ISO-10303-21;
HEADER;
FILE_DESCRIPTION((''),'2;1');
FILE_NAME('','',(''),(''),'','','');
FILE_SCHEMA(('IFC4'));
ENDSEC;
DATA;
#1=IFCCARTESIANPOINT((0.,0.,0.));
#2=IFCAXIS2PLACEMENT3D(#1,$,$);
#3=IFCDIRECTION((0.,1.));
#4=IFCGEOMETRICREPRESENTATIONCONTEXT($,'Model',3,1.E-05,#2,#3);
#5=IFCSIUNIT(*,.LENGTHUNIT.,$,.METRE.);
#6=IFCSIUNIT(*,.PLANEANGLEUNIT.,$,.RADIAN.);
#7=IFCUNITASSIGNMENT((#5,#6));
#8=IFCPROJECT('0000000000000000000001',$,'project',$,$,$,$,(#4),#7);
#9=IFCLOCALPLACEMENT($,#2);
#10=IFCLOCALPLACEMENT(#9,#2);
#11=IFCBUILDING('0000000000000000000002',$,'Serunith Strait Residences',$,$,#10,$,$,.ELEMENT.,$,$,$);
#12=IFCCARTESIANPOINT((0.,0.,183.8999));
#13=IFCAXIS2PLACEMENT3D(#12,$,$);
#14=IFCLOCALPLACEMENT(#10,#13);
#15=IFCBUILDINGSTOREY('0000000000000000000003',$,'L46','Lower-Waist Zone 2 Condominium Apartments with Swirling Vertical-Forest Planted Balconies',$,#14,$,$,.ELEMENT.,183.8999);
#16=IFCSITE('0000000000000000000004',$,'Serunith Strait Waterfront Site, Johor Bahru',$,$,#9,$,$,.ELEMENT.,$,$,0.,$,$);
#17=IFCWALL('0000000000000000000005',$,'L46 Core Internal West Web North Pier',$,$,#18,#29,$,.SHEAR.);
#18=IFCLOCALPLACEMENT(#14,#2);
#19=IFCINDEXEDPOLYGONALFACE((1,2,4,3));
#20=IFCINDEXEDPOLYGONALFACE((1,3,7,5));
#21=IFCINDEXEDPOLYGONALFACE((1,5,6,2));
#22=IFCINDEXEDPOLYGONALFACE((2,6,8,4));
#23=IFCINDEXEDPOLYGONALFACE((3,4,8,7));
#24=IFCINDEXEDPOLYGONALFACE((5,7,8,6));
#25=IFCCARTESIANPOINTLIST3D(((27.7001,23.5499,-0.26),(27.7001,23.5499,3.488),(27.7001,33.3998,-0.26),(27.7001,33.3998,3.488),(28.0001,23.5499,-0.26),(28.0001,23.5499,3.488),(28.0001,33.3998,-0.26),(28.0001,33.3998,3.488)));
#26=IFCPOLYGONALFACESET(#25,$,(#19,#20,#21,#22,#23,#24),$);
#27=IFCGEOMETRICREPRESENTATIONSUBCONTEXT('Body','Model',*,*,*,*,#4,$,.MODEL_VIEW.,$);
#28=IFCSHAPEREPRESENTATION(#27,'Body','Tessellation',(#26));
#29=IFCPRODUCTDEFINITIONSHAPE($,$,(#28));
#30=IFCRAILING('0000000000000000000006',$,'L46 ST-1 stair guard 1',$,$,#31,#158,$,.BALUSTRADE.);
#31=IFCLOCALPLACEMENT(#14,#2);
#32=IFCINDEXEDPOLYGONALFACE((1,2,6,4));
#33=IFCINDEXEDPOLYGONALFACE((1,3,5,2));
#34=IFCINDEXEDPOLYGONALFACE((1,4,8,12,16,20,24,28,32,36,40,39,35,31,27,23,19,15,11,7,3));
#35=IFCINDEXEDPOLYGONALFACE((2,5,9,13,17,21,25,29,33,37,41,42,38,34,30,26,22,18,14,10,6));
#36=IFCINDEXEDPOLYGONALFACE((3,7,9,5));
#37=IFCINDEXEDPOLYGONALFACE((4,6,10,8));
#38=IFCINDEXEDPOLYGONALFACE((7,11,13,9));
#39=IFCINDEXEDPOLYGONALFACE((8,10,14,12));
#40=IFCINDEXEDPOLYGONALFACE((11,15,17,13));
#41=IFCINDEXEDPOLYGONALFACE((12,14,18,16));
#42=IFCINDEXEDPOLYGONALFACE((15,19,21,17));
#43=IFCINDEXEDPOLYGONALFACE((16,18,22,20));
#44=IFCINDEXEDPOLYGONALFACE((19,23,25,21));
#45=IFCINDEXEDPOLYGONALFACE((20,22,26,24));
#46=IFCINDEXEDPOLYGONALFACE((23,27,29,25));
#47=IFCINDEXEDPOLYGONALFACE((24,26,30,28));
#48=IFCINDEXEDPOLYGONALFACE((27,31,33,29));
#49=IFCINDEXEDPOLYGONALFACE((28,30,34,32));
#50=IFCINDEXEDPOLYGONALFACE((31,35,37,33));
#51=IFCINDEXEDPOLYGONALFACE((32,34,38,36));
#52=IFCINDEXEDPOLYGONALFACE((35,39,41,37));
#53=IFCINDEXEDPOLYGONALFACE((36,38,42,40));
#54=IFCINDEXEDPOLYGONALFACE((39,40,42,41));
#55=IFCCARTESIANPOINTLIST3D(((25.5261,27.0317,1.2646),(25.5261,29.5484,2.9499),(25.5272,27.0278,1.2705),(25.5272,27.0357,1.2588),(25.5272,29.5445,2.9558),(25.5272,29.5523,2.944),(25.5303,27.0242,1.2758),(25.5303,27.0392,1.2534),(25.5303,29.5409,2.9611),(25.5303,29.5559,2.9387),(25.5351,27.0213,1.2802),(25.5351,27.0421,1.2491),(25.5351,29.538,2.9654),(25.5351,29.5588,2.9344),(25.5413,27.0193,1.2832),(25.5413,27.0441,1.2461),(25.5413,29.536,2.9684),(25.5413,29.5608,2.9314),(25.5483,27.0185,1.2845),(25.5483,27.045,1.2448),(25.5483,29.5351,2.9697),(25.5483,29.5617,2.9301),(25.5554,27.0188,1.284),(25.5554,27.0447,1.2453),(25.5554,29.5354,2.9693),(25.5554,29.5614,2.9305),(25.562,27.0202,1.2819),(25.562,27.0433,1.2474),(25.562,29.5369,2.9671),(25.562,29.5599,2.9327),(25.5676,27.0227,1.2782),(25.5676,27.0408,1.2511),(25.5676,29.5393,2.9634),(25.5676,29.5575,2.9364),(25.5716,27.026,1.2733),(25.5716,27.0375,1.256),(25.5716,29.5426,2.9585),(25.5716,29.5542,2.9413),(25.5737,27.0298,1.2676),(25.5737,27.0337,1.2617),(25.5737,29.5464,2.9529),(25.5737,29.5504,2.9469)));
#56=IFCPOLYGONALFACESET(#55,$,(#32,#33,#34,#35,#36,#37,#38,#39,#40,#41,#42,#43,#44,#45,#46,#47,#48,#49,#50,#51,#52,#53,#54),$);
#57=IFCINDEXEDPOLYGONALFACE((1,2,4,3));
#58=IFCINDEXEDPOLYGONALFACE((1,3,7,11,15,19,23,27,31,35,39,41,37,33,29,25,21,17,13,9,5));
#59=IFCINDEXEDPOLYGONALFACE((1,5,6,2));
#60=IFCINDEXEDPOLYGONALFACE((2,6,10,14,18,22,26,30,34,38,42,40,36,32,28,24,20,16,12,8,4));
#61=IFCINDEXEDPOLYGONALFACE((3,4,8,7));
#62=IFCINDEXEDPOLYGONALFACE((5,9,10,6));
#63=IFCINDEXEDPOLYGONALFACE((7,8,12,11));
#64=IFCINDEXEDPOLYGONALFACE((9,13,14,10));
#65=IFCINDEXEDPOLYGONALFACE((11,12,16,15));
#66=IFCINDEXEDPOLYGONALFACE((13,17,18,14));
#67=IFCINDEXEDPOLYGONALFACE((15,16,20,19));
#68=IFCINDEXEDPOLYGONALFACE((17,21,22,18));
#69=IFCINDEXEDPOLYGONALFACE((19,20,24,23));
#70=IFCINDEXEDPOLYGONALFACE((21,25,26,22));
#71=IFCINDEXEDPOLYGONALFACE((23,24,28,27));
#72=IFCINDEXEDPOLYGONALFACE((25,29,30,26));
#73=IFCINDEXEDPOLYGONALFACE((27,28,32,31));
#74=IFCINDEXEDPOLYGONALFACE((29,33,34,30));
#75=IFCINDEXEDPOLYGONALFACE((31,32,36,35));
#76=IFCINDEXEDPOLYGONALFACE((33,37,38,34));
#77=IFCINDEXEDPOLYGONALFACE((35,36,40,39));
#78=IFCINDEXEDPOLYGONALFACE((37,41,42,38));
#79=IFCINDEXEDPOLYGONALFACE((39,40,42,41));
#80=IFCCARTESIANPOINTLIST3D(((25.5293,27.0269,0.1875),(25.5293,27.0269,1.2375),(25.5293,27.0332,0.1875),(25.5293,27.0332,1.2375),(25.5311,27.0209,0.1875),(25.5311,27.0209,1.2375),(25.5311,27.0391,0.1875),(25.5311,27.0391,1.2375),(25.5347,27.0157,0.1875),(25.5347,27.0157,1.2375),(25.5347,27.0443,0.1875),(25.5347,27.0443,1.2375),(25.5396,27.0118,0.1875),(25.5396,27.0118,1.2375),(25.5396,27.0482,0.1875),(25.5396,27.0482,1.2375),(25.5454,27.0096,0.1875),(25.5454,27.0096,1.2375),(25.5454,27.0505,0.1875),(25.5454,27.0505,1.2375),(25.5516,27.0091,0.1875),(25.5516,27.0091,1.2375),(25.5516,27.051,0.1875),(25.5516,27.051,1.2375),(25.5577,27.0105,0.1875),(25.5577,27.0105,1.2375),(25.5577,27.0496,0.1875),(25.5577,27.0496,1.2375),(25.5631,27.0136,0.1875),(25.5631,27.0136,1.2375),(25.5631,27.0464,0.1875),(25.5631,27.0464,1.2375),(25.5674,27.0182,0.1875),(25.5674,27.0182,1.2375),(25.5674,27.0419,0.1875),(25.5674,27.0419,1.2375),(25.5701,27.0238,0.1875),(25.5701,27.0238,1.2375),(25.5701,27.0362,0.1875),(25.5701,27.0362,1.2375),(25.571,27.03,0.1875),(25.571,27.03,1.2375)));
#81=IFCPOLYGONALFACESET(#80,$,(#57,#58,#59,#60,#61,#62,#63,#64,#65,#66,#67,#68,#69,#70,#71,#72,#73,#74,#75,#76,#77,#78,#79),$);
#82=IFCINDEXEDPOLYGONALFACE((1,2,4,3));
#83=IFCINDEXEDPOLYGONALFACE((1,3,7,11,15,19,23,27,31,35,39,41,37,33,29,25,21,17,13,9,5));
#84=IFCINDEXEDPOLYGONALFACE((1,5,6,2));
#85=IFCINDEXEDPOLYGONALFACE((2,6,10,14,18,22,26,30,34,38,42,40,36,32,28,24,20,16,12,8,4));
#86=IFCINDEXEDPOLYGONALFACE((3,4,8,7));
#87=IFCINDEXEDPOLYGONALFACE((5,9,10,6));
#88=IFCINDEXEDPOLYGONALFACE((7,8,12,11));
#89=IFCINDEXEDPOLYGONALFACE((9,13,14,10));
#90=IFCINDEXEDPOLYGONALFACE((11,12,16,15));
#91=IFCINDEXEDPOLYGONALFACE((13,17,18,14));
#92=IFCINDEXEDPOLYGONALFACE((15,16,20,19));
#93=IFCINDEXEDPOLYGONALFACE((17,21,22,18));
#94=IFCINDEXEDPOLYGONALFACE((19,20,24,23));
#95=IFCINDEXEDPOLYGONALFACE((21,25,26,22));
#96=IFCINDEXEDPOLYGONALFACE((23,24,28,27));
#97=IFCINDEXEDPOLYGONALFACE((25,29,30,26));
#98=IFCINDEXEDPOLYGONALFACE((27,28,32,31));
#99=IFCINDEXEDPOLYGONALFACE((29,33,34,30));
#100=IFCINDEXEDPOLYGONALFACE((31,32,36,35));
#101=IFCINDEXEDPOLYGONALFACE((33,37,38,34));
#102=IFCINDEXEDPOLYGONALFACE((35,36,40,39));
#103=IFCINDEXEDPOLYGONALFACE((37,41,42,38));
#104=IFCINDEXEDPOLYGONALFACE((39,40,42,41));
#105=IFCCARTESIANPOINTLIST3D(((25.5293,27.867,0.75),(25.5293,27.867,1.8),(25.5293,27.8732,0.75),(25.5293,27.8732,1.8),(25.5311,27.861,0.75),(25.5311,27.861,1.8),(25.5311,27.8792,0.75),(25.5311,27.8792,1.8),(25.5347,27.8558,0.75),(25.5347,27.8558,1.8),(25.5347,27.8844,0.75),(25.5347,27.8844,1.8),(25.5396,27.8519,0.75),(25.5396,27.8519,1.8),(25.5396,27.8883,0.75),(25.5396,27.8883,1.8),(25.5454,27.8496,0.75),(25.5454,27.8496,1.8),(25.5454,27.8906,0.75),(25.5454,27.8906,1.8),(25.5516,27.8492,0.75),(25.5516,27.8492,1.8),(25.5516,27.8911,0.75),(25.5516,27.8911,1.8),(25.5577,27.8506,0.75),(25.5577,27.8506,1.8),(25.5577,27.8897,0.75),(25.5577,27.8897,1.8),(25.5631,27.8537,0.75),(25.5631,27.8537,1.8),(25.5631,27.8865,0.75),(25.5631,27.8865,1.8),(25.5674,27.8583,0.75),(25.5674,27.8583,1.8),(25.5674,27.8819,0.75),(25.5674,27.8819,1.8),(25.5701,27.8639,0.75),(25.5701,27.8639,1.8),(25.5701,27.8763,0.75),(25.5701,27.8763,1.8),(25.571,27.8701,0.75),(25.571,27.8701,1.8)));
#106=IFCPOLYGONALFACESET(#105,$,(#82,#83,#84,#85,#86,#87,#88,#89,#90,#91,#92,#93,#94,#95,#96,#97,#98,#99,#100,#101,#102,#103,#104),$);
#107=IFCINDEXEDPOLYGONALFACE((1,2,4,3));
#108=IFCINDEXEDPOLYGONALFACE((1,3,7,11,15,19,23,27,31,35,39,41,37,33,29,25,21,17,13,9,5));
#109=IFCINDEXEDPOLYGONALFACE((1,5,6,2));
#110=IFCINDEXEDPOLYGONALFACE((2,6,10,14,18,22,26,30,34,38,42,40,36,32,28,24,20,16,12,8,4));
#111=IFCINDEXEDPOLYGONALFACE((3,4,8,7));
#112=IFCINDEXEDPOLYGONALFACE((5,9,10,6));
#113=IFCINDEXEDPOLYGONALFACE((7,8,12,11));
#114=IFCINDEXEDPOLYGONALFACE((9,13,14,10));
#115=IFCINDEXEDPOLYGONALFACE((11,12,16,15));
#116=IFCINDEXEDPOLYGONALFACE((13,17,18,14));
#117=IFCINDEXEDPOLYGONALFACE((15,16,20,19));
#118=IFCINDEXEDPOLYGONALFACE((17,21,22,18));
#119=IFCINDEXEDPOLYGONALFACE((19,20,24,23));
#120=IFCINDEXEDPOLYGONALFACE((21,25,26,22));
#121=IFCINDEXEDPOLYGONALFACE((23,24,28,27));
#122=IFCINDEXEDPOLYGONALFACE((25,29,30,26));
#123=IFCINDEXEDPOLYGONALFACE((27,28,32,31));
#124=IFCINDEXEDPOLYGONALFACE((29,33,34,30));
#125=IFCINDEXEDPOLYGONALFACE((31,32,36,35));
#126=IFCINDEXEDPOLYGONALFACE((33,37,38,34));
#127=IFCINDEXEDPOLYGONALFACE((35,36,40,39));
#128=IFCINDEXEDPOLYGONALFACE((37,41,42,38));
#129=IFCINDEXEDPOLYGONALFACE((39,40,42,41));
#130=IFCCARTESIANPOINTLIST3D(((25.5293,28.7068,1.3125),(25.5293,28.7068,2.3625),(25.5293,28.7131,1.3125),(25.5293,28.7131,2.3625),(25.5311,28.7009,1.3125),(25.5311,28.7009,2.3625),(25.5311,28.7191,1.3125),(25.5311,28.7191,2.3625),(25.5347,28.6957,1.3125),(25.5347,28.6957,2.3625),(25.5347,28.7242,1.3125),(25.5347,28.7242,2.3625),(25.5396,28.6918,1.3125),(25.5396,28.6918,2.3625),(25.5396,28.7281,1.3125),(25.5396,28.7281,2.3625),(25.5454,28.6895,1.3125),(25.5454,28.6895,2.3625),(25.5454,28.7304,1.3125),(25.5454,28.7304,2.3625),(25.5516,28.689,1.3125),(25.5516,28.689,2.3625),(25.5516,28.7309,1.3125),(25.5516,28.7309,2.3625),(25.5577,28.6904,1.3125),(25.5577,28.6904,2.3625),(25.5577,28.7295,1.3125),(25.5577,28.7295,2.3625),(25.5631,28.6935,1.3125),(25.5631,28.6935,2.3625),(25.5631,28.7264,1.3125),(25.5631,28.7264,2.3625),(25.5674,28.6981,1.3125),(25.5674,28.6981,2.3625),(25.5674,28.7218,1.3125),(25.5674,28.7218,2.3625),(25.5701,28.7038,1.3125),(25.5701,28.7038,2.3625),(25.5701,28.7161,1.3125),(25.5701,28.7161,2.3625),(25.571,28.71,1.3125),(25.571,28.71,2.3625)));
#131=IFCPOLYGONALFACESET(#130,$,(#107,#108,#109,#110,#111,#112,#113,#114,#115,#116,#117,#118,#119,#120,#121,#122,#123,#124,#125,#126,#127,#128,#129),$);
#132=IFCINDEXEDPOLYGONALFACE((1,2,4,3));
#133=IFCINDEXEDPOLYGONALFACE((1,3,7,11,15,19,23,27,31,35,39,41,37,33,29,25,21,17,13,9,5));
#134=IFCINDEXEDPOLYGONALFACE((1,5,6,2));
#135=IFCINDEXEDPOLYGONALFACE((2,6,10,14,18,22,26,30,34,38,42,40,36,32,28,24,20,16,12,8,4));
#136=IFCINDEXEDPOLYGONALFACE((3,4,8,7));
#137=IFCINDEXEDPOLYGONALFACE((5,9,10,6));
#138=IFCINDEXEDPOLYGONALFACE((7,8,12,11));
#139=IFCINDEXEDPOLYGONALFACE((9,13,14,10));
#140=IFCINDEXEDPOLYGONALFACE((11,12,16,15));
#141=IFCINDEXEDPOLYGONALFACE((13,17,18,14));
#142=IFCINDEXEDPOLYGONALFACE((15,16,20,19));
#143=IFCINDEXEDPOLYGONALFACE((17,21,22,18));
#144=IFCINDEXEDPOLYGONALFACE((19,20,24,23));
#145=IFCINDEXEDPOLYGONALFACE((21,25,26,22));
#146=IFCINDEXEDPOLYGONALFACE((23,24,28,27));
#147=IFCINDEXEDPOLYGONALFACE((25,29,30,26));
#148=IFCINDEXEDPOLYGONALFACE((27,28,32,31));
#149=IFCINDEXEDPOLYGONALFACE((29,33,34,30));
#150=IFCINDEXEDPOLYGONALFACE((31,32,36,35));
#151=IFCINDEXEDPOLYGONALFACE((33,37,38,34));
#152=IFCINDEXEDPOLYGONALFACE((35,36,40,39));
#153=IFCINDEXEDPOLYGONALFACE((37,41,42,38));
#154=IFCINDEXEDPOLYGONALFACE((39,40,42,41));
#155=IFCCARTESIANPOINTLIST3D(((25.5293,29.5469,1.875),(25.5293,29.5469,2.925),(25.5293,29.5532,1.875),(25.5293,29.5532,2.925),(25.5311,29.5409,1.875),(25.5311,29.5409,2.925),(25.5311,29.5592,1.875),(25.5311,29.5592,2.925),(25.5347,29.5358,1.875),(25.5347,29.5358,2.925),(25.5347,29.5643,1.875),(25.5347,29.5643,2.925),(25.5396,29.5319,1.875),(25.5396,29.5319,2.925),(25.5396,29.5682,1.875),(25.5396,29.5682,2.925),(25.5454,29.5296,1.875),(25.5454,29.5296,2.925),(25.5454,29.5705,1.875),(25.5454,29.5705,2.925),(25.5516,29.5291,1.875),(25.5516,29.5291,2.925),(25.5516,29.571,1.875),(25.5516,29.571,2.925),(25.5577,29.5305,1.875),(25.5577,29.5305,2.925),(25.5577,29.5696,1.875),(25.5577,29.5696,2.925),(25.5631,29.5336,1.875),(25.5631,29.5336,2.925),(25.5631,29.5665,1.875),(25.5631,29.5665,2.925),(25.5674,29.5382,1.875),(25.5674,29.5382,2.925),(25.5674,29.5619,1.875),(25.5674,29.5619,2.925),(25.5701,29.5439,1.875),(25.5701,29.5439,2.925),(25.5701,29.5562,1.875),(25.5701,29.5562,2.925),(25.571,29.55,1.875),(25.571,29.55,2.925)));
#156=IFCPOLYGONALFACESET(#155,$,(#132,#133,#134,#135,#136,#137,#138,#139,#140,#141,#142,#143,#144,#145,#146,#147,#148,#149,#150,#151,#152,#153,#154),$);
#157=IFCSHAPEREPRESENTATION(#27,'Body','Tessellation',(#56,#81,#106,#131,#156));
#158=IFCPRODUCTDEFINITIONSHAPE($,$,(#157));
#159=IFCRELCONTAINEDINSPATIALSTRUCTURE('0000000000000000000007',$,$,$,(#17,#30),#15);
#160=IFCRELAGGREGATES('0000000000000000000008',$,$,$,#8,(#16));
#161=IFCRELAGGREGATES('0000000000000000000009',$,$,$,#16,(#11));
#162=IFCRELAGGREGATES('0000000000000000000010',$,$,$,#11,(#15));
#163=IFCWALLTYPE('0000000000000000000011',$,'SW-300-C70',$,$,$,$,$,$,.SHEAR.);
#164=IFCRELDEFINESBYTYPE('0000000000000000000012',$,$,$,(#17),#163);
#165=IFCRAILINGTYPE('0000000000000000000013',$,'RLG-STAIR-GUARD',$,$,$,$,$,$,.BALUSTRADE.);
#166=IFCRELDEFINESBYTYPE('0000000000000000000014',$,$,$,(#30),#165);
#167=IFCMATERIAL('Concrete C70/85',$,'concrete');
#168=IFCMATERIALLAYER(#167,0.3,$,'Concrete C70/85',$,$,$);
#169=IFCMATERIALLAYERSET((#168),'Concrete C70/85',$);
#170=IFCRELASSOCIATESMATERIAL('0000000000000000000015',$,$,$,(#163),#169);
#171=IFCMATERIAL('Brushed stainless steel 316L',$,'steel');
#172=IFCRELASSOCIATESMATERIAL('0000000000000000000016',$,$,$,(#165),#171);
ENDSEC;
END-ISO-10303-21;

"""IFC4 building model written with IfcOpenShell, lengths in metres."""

from ifc_helpers import new_model, si_unit, direction, frame, frame_2d, origin, origin_2d, place, context, subcontext, project, spatial, rectangle, circle, extrude, material, layer, layer_set, type_object, element, save


model = new_model("IFC4")

# Units and contexts
model_context = context("Model", 3, precision=1e-05, world=origin(), true_north=direction((0.0, 1.0)))
body_context = subcontext(model_context, "Body", "Model", "MODEL_VIEW")
ifc_project = project(units=[si_unit("LENGTHUNIT", "METRE"), si_unit("PLANEANGLEUNIT", "RADIAN")], contexts=[model_context])

# Site, building, storey
site_placement = place(None, origin())
site = spatial("IfcSite", under=ifc_project, at=site_placement, Name="Serunith Strait Waterfront Site, Johor Bahru", CompositionType="ELEMENT", RefElevation=0.0)
building_placement = place(site_placement, origin())
building = spatial("IfcBuilding", under=site, at=building_placement, Name="Serunith Strait Residences", CompositionType="ELEMENT")
storey_placement = place(building_placement, frame((0.0, 0.0, 183.8999)))
storey = spatial("IfcBuildingStorey", under=building, at=storey_placement, Name="L46", Description="Lower-Waist Zone 2 Condominium Apartments with Swirling Vertical-Forest Planted Balconies", CompositionType="ELEMENT", Elevation=183.8999)

# Wall
ifc_material_1 = material(Name="Concrete C70/85", Category="concrete")
ifc_layer_1 = layer(ifc_material_1, 0.3, Name="Concrete C70/85")
ifc_layer_set_1 = layer_set([ifc_layer_1], Name="Concrete C70/85")
wall_type_1 = type_object("IfcWallType", Name="SW-300-C70", PredefinedType="SHEAR", material=ifc_layer_set_1)
wall_1_placement = place(storey_placement, frame((27.8501, 23.55, -0.26), z_axis=(0.0, 0.0, 1.0), x_axis=(0.0, 1.0, 0.0)))
element("IfcWall", 1, at=wall_1_placement, inside=storey, type_object=wall_type_1, Name="L46 Core Internal West Web North Pier", PredefinedType="SHEAR", context=body_context, shape_type="SweptSolid", body=[
    extrude(rectangle(XDim=9.8499, YDim=0.3, at=frame_2d((4.9248, 0.0))), origin(), (0.0, 0.0, 1.0), 3.748),
])

# Railing
ifc_material_2 = material(Name="Brushed stainless steel 316L", Category="steel")
railing_type_1 = type_object("IfcRailingType", Name="RLG-STAIR-GUARD", PredefinedType="BALUSTRADE", material=ifc_material_2)
railing_1_placement = place(storey_placement, frame((25.55, 27.03, 0.1875)))
element("IfcRailing", 2, at=railing_1_placement, inside=storey, type_object=railing_type_1, Name="L46 ST-1 stair guard 1", PredefinedType="BALUSTRADE", context=body_context, shape_type="SweptSolid", body=[
    extrude(circle(Radius=0.0239, at=origin_2d()), frame((0.0, 0.0017, 1.0771), z_axis=(0.0, 0.830909, 0.556408), x_axis=(-1.0, 0.0, 0.0)), (0.0, 0.0, 1.0), 3.0288),
    extrude(circle(Radius=0.021, at=origin_2d()), origin(), (0.0, 0.0, 1.0), 1.05),
    extrude(circle(Radius=0.021, at=origin_2d()), frame((0.0, 0.8401, 0.5625)), (0.0, 0.0, 1.0), 1.05),
    extrude(circle(Radius=0.021, at=origin_2d()), frame((0.0, 1.6799, 1.125)), (0.0, 0.0, 1.0), 1.05),
    extrude(circle(Radius=0.021, at=origin_2d()), frame((0.0, 2.52, 1.6875)), (0.0, 0.0, 1.0), 1.05),
])

save(model, "model.ifc")
